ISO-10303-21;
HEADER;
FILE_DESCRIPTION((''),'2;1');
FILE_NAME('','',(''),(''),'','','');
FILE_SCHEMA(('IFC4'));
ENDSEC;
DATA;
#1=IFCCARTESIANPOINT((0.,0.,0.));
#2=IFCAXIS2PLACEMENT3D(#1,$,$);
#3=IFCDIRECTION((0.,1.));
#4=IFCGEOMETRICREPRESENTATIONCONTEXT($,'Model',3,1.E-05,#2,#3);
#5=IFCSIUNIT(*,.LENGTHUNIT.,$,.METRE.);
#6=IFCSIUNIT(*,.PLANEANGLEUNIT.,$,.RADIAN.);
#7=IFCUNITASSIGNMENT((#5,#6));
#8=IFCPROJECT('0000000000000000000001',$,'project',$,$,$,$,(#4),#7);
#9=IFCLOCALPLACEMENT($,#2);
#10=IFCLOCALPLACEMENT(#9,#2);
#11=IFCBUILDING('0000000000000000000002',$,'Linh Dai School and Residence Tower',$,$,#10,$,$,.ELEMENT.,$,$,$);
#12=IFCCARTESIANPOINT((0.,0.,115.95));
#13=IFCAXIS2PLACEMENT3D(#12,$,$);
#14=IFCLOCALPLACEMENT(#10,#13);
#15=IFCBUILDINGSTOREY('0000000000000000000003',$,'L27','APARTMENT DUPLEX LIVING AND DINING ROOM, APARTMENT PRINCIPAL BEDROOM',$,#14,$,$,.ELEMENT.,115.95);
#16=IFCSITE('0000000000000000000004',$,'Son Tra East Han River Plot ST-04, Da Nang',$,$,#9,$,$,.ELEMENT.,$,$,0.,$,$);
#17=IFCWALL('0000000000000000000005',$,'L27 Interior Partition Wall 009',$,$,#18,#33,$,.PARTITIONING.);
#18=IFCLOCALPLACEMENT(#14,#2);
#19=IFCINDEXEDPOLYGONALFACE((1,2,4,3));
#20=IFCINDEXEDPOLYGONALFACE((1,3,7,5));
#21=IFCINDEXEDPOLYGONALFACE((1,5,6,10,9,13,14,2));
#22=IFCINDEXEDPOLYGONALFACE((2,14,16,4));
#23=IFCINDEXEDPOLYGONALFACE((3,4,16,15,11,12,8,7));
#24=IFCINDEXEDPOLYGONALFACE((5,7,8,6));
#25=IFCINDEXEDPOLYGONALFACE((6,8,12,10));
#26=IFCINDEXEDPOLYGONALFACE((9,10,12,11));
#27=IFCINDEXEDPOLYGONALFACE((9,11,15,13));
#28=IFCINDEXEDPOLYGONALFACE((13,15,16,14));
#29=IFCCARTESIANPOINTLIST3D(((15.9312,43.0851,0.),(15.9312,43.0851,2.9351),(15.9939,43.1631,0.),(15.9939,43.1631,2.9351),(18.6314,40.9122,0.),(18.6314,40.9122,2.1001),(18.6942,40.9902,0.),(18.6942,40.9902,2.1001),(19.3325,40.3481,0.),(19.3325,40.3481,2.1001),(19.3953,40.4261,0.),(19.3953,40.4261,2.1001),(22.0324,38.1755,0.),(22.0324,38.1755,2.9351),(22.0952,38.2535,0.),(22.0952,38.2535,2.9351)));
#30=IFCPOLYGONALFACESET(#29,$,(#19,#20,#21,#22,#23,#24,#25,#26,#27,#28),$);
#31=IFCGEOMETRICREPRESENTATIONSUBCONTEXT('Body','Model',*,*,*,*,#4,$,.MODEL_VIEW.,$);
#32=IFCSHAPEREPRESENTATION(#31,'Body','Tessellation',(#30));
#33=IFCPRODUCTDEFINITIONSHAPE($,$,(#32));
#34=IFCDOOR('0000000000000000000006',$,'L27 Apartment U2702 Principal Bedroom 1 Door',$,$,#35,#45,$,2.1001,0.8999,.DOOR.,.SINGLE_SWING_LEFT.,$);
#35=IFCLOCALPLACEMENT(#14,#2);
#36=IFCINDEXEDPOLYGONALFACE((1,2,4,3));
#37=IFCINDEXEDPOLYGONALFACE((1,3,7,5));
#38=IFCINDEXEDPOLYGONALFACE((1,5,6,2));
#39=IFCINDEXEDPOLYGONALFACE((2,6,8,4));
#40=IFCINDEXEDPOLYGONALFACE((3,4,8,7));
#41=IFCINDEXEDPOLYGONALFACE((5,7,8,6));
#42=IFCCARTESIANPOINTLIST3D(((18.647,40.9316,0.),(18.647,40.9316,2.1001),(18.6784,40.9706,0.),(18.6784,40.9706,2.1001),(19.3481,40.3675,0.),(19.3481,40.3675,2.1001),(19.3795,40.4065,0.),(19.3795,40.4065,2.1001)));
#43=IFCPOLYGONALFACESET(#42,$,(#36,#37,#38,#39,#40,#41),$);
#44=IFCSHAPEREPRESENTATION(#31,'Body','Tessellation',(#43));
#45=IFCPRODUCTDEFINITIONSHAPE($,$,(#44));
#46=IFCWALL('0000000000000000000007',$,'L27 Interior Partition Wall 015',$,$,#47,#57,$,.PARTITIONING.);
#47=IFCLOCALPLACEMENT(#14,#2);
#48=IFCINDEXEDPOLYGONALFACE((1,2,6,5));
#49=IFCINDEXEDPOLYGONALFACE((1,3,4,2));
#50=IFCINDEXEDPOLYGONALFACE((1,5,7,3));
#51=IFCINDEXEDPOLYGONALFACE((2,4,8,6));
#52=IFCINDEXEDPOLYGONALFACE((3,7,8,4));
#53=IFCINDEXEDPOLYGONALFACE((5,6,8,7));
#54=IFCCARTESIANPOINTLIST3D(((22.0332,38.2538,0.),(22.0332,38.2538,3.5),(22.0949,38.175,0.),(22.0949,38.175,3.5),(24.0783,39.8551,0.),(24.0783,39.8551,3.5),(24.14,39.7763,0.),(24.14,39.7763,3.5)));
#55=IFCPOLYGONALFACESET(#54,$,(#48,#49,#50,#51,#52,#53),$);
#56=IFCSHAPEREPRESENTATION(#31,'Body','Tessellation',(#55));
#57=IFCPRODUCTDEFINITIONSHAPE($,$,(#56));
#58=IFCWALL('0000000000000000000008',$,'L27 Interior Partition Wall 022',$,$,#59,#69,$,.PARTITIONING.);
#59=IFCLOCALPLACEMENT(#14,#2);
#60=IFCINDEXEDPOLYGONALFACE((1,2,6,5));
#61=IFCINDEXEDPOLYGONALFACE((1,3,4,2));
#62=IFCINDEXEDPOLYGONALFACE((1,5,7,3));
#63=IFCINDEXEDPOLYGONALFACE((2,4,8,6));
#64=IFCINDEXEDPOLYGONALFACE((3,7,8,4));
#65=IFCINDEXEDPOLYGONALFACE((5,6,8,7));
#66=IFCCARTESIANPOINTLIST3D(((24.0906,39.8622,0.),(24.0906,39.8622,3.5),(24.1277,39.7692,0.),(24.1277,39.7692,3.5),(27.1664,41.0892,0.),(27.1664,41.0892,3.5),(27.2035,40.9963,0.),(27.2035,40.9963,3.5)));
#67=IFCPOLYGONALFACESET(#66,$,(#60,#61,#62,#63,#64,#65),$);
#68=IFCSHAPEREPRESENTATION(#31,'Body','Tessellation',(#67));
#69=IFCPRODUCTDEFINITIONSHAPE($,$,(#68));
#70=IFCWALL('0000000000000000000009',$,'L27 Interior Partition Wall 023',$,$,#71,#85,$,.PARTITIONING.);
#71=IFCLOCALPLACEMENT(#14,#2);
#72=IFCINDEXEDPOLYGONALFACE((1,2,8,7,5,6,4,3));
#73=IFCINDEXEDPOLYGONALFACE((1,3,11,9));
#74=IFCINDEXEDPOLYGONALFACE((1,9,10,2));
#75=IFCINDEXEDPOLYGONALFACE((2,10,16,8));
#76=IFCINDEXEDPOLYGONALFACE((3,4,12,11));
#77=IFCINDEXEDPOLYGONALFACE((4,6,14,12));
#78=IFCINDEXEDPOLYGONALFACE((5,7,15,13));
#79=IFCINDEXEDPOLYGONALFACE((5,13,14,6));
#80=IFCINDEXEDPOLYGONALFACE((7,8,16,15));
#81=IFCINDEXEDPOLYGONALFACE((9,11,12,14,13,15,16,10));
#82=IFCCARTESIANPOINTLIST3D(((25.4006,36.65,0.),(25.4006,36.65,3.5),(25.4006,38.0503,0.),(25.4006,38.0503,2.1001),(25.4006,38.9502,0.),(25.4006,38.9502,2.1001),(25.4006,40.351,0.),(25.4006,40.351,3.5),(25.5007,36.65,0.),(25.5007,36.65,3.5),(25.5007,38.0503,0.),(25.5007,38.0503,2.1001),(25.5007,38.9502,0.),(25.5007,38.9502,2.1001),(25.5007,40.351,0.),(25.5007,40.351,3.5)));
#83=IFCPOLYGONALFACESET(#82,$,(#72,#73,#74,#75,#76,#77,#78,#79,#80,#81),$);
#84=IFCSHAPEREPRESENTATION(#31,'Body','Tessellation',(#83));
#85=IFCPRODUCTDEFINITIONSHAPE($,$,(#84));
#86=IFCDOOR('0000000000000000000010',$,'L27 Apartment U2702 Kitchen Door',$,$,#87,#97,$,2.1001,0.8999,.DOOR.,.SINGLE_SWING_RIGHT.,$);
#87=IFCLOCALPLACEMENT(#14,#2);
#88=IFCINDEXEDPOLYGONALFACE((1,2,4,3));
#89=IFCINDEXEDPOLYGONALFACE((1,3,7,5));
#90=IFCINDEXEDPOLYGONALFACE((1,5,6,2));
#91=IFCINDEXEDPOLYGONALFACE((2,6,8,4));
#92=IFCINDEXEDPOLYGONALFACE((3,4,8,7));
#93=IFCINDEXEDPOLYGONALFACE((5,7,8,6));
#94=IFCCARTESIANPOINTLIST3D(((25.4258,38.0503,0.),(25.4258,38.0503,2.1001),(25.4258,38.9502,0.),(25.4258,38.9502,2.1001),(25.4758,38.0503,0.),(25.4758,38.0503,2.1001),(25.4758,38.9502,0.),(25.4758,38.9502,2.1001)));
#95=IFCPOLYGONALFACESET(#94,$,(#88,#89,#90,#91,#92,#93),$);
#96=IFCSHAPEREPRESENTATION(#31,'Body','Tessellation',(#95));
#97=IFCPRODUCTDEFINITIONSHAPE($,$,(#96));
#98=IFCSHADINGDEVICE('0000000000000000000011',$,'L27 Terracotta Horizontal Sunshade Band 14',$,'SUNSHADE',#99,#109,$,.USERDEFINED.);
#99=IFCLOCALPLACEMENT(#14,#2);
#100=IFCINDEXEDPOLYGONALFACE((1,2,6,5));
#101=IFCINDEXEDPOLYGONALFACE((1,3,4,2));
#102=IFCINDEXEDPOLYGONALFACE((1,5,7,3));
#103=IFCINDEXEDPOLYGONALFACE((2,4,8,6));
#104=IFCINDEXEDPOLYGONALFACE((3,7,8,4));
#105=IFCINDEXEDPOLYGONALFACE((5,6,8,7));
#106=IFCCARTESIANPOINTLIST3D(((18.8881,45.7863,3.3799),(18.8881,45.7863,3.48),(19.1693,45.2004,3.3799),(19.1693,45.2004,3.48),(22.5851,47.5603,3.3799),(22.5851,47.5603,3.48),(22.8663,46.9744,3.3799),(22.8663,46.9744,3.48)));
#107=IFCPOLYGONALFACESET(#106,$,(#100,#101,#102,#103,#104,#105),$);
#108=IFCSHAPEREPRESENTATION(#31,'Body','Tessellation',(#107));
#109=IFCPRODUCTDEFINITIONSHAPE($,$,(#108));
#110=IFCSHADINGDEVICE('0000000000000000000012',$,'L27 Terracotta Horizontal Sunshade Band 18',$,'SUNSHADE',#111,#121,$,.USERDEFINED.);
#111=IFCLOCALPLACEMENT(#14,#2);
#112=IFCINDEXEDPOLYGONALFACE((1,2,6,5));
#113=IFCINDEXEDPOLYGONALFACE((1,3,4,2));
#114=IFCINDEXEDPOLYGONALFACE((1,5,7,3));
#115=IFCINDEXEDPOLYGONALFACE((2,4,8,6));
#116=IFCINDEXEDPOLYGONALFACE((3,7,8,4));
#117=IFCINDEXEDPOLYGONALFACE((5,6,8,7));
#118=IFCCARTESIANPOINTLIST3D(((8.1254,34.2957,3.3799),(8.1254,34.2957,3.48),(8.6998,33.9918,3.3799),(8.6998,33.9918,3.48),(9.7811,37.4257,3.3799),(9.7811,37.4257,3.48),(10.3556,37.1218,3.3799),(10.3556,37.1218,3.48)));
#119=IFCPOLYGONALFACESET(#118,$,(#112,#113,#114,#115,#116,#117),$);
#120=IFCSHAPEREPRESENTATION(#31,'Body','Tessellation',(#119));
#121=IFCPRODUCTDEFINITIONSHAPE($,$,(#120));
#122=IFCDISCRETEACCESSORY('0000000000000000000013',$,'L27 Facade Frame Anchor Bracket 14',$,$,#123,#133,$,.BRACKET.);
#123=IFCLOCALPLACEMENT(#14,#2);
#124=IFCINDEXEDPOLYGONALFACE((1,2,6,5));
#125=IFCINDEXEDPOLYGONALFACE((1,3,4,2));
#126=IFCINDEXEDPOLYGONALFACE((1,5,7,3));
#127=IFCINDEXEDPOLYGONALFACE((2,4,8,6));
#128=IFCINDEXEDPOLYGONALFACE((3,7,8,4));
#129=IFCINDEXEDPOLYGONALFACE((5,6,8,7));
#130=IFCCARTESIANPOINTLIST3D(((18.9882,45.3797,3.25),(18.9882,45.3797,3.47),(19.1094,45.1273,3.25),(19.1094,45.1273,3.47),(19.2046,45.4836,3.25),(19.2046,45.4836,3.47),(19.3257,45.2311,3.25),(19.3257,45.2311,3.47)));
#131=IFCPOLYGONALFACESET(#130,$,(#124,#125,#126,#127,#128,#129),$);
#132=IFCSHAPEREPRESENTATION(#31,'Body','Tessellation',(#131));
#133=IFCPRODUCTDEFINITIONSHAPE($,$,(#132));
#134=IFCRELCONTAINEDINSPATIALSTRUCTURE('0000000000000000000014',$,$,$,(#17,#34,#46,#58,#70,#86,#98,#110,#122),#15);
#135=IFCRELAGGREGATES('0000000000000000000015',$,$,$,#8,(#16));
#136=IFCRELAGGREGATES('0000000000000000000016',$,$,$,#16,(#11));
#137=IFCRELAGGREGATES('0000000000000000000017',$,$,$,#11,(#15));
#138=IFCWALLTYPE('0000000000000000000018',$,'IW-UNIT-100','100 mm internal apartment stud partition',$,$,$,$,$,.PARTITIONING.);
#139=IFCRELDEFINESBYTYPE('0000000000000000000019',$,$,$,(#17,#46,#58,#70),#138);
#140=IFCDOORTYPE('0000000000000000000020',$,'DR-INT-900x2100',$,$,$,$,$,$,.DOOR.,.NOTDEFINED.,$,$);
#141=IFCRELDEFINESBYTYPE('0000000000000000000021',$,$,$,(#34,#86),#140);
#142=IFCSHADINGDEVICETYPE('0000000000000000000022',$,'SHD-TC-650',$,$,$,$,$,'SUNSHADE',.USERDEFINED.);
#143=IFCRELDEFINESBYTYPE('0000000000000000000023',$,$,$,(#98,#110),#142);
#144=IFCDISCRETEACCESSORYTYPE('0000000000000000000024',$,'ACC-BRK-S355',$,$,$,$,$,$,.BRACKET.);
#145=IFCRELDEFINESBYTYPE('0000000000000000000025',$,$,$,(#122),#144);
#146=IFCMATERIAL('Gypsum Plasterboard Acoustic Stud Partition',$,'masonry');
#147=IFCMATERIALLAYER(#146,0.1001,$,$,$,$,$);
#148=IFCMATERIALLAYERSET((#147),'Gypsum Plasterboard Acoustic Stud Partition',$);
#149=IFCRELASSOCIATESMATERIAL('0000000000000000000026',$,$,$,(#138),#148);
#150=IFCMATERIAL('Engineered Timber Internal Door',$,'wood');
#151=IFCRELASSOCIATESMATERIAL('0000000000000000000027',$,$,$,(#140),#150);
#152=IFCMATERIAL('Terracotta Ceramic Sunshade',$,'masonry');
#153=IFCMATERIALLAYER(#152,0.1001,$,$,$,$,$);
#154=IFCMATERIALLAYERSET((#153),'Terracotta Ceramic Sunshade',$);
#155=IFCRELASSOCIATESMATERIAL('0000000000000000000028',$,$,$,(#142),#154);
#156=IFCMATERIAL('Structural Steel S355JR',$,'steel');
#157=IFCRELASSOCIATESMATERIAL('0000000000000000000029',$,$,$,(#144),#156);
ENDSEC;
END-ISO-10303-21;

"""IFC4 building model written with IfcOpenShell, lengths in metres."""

from ifc_helpers import new_model, si_unit, direction, frame, frame_2d, origin, origin_2d, place, context, subcontext, project, spatial, rectangle, extrude, source, transform, mapped, material, layer, layer_set, type_object, element, fill, save


model = new_model("IFC4")

# Units and contexts
model_context = context("Model", 3, precision=1e-05, world=origin(), true_north=direction((0.0, 1.0)))
body_context = subcontext(model_context, "Body", "Model", "MODEL_VIEW")
ifc_project = project(units=[si_unit("LENGTHUNIT", "METRE"), si_unit("PLANEANGLEUNIT", "RADIAN")], contexts=[model_context])

# Site, building, storey
site_placement = place(None, origin())
site = spatial("IfcSite", under=ifc_project, at=site_placement, Name="Son Tra East Han River Plot ST-04, Da Nang", CompositionType="ELEMENT", RefElevation=0.0)
building_placement = place(site_placement, origin())
building = spatial("IfcBuilding", under=site, at=building_placement, Name="Linh Dai School and Residence Tower", CompositionType="ELEMENT")
storey_placement = place(building_placement, frame((0.0, 0.0, 115.95)))
storey = spatial("IfcBuildingStorey", under=building, at=storey_placement, Name="L27", Description="APARTMENT DUPLEX LIVING AND DINING ROOM, APARTMENT PRINCIPAL BEDROOM", CompositionType="ELEMENT", Elevation=115.95)

# Shared definitions
ifc_material_1 = material(Name="Structural Steel S355JR", Category="steel")

# Wall, opening, door
ifc_material_2 = material(Name="Gypsum Plasterboard Acoustic Stud Partition", Category="masonry")
ifc_layer_1 = layer(ifc_material_2, 0.1001)
ifc_layer_set_1 = layer_set([ifc_layer_1], Name="Gypsum Plasterboard Acoustic Stud Partition")
wall_type_1 = type_object("IfcWallType", Name="IW-UNIT-100", Description="100 mm internal apartment stud partition", PredefinedType="PARTITIONING", material=ifc_layer_set_1)
wall_1_placement = place(storey_placement, frame((15.9626, 43.124, 0.0), z_axis=(0.0, 0.0, 1.0), x_axis=(0.779083, -0.62692, 0.0)))
wall_1 = element("IfcWall", 1, at=wall_1_placement, inside=storey, type_object=wall_type_1, Name="L27 Interior Partition Wall 009", PredefinedType="PARTITIONING", context=body_context, shape_type="SweptSolid", body=[
    extrude(rectangle(XDim=7.8313, YDim=0.1001, at=frame_2d((3.9155, 0.0))), origin(), (0.0, 0.0, 1.0), 2.9351),
])
opening_1_placement = place(wall_1_placement, frame((3.4658, 0.0, 0.0)))
opening_1 = element("IfcOpeningElement", 2, at=opening_1_placement, cuts=wall_1, PredefinedType="OPENING", context=body_context, shape_type="SweptSolid", body=[
    extrude(rectangle(XDim=0.8999, YDim=2.1001, at=origin_2d()), frame((0.45, 0.0601, 1.05), z_axis=(0.0, -1.0, 0.0), x_axis=(1.0, 0.0, 0.0)), (0.0, 0.0, 1.0), 0.1201),
])
ifc_material_3 = material(Name="Engineered Timber Internal Door", Category="wood")
door_type_1 = type_object("IfcDoorType", Name="DR-INT-900x2100", OperationType="NOTDEFINED", PredefinedType="DOOR", material=ifc_material_3)
shared_shape_1 = source(origin(), body_context, "Body", "SweptSolid", [
    extrude(rectangle(XDim=0.8999, YDim=2.1001, at=origin_2d()), frame((0.45, 0.0249, 1.05), z_axis=(0.0, -1.0, 0.0), x_axis=(1.0, 0.0, 0.0)), (0.0, 0.0, 1.0), 0.05),
])
door_1_placement = place(opening_1_placement, origin())
door_1 = element("IfcDoor", 3, at=door_1_placement, inside=storey, type_object=door_type_1, Name="L27 Apartment U2702 Principal Bedroom 1 Door", OperationType="SINGLE_SWING_LEFT", OverallHeight=2.1001, OverallWidth=0.8999, PredefinedType="DOOR", context=body_context, shape_type="MappedRepresentation", body=[
    mapped(shared_shape_1, transform((0.0, 0.0, 0.0), x_axis=(1.0, 0.0, 0.0), y_axis=(0.0, 1.0, 0.0), z_axis=(0.0, 0.0, 1.0), scale=1.0)),
])
fill(opening_1, door_1)

# Walls
wall_2_placement = place(storey_placement, frame((22.064, 38.2144, 0.0), z_axis=(0.0, 0.0, 1.0), x_axis=(0.787364, 0.616488, 0.0)))
element("IfcWall", 4, at=wall_2_placement, inside=storey, type_object=wall_type_1, Name="L27 Interior Partition Wall 015", PredefinedType="PARTITIONING", context=body_context, shape_type="SweptSolid", body=[
    extrude(rectangle(XDim=2.5974, YDim=0.1001, at=frame_2d((1.2988, 0.0))), origin(), (0.0, 0.0, 1.0), 3.5),
])
wall_3_placement = place(storey_placement, frame((24.1091, 39.8157, 0.0), z_axis=(0.0, 0.0, 1.0), x_axis=(0.928812, 0.370552, 0.0)))
element("IfcWall", 5, at=wall_3_placement, inside=storey, type_object=wall_type_1, Name="L27 Interior Partition Wall 022", PredefinedType="PARTITIONING", context=body_context, shape_type="SweptSolid", body=[
    extrude(rectangle(XDim=3.3115, YDim=0.1001, at=frame_2d((1.6558, 0.0))), origin(), (0.0, 0.0, 1.0), 3.5),
])

# Wall, opening, door
wall_4_placement = place(storey_placement, frame((25.4507, 36.6499, 0.0), z_axis=(0.0, 0.0, 1.0), x_axis=(0.0, 1.0, 0.0)))
wall_4 = element("IfcWall", 6, at=wall_4_placement, inside=storey, type_object=wall_type_1, Name="L27 Interior Partition Wall 023", PredefinedType="PARTITIONING", context=body_context, shape_type="SweptSolid", body=[
    extrude(rectangle(XDim=3.7009, YDim=0.1001, at=frame_2d((1.8506, 0.0))), origin(), (0.0, 0.0, 1.0), 3.5),
])
opening_2_placement = place(wall_4_placement, frame((1.4004, 0.0, 0.0)))
opening_2 = element("IfcOpeningElement", 7, at=opening_2_placement, cuts=wall_4, PredefinedType="OPENING", context=body_context, shape_type="SweptSolid", body=[
    extrude(rectangle(XDim=0.8999, YDim=2.1001, at=origin_2d()), frame((0.45, 0.0601, 1.05), z_axis=(0.0, -1.0, 0.0), x_axis=(1.0, 0.0, 0.0)), (0.0, 0.0, 1.0), 0.1201),
])
door_2_placement = place(opening_2_placement, origin())
door_2 = element("IfcDoor", 8, at=door_2_placement, inside=storey, type_object=door_type_1, Name="L27 Apartment U2702 Kitchen Door", OperationType="SINGLE_SWING_RIGHT", OverallHeight=2.1001, OverallWidth=0.8999, PredefinedType="DOOR", context=body_context, shape_type="MappedRepresentation", body=[
    mapped(shared_shape_1, transform((0.0, 0.0, 0.0), x_axis=(1.0, 0.0, 0.0), y_axis=(0.0, 1.0, 0.0), z_axis=(0.0, 0.0, 1.0), scale=1.0)),
])
fill(opening_2, door_2)

# Shading devices
ifc_material_4 = material(Name="Terracotta Ceramic Sunshade", Category="masonry")
ifc_layer_2 = layer(ifc_material_4, 0.1001)
ifc_layer_set_2 = layer_set([ifc_layer_2], Name="Terracotta Ceramic Sunshade")
shading_device_type = type_object("IfcShadingDeviceType", Name="SHD-TC-650", ElementType="SUNSHADE", PredefinedType="USERDEFINED", material=ifc_layer_set_2)
shared_shape_2 = source(origin(), body_context, "Body", "SweptSolid", [
    extrude(rectangle(XDim=4.1006, YDim=0.6499, at=origin_2d()), origin(), (0.0, 0.0, 1.0), 0.1001),
])
shading_device_1_placement = place(storey_placement, frame((20.8772, 46.3804, 3.3799), z_axis=(0.0, 0.0, 1.0), x_axis=(0.901578, 0.432618, 0.0)))
element("IfcShadingDevice", 9, at=shading_device_1_placement, inside=storey, type_object=shading_device_type, Name="L27 Terracotta Horizontal Sunshade Band 14", ObjectType="SUNSHADE", PredefinedType="USERDEFINED", context=body_context, shape_type="MappedRepresentation", body=[
    mapped(shared_shape_2, transform((0.0, 0.0, 0.0), x_axis=(1.0, 0.0, 0.0), y_axis=(0.0, 1.0, 0.0), z_axis=(0.0, 0.0, 1.0), scale=1.0)),
])
shared_shape_3 = source(origin(), body_context, "Body", "SweptSolid", [
    extrude(rectangle(XDim=3.541, YDim=0.6499, at=origin_2d()), origin(), (0.0, 0.0, 1.0), 0.1001),
])
shading_device_2_placement = place(storey_placement, frame((9.2405, 35.7087, 3.3799), z_axis=(0.0, 0.0, 1.0), x_axis=(0.467596, 0.883942, 0.0)))
element("IfcShadingDevice", 10, at=shading_device_2_placement, inside=storey, type_object=shading_device_type, Name="L27 Terracotta Horizontal Sunshade Band 18", ObjectType="SUNSHADE", PredefinedType="USERDEFINED", context=body_context, shape_type="MappedRepresentation", body=[
    mapped(shared_shape_3, transform((0.0, 0.0, 0.0), x_axis=(1.0, 0.0, 0.0), y_axis=(0.0, 1.0, 0.0), z_axis=(0.0, 0.0, 1.0), scale=1.0)),
])

# Discrete accessory
discrete_accessory_type = type_object("IfcDiscreteAccessoryType", Name="ACC-BRK-S355", PredefinedType="BRACKET", material=ifc_material_1)
shared_shape_4 = source(origin(), body_context, "Body", "SweptSolid", [
    extrude(rectangle(XDim=0.28, YDim=0.24, at=origin_2d()), origin(), (0.0, 0.0, 1.0), 0.22),
])
discrete_accessory_placement = place(storey_placement, frame((19.157, 45.3054, 3.25), z_axis=(0.0, 0.0, 1.0), x_axis=(-0.432618, 0.901578, 0.0)))
element("IfcDiscreteAccessory", 11, at=discrete_accessory_placement, inside=storey, type_object=discrete_accessory_type, Name="L27 Facade Frame Anchor Bracket 14", PredefinedType="BRACKET", context=body_context, shape_type="MappedRepresentation", body=[
    mapped(shared_shape_4, transform((0.0, 0.0, 0.0), x_axis=(1.0, 0.0, 0.0), y_axis=(0.0, 1.0, 0.0), z_axis=(0.0, 0.0, 1.0), scale=1.0)),
])

save(model, "model.ifc")
